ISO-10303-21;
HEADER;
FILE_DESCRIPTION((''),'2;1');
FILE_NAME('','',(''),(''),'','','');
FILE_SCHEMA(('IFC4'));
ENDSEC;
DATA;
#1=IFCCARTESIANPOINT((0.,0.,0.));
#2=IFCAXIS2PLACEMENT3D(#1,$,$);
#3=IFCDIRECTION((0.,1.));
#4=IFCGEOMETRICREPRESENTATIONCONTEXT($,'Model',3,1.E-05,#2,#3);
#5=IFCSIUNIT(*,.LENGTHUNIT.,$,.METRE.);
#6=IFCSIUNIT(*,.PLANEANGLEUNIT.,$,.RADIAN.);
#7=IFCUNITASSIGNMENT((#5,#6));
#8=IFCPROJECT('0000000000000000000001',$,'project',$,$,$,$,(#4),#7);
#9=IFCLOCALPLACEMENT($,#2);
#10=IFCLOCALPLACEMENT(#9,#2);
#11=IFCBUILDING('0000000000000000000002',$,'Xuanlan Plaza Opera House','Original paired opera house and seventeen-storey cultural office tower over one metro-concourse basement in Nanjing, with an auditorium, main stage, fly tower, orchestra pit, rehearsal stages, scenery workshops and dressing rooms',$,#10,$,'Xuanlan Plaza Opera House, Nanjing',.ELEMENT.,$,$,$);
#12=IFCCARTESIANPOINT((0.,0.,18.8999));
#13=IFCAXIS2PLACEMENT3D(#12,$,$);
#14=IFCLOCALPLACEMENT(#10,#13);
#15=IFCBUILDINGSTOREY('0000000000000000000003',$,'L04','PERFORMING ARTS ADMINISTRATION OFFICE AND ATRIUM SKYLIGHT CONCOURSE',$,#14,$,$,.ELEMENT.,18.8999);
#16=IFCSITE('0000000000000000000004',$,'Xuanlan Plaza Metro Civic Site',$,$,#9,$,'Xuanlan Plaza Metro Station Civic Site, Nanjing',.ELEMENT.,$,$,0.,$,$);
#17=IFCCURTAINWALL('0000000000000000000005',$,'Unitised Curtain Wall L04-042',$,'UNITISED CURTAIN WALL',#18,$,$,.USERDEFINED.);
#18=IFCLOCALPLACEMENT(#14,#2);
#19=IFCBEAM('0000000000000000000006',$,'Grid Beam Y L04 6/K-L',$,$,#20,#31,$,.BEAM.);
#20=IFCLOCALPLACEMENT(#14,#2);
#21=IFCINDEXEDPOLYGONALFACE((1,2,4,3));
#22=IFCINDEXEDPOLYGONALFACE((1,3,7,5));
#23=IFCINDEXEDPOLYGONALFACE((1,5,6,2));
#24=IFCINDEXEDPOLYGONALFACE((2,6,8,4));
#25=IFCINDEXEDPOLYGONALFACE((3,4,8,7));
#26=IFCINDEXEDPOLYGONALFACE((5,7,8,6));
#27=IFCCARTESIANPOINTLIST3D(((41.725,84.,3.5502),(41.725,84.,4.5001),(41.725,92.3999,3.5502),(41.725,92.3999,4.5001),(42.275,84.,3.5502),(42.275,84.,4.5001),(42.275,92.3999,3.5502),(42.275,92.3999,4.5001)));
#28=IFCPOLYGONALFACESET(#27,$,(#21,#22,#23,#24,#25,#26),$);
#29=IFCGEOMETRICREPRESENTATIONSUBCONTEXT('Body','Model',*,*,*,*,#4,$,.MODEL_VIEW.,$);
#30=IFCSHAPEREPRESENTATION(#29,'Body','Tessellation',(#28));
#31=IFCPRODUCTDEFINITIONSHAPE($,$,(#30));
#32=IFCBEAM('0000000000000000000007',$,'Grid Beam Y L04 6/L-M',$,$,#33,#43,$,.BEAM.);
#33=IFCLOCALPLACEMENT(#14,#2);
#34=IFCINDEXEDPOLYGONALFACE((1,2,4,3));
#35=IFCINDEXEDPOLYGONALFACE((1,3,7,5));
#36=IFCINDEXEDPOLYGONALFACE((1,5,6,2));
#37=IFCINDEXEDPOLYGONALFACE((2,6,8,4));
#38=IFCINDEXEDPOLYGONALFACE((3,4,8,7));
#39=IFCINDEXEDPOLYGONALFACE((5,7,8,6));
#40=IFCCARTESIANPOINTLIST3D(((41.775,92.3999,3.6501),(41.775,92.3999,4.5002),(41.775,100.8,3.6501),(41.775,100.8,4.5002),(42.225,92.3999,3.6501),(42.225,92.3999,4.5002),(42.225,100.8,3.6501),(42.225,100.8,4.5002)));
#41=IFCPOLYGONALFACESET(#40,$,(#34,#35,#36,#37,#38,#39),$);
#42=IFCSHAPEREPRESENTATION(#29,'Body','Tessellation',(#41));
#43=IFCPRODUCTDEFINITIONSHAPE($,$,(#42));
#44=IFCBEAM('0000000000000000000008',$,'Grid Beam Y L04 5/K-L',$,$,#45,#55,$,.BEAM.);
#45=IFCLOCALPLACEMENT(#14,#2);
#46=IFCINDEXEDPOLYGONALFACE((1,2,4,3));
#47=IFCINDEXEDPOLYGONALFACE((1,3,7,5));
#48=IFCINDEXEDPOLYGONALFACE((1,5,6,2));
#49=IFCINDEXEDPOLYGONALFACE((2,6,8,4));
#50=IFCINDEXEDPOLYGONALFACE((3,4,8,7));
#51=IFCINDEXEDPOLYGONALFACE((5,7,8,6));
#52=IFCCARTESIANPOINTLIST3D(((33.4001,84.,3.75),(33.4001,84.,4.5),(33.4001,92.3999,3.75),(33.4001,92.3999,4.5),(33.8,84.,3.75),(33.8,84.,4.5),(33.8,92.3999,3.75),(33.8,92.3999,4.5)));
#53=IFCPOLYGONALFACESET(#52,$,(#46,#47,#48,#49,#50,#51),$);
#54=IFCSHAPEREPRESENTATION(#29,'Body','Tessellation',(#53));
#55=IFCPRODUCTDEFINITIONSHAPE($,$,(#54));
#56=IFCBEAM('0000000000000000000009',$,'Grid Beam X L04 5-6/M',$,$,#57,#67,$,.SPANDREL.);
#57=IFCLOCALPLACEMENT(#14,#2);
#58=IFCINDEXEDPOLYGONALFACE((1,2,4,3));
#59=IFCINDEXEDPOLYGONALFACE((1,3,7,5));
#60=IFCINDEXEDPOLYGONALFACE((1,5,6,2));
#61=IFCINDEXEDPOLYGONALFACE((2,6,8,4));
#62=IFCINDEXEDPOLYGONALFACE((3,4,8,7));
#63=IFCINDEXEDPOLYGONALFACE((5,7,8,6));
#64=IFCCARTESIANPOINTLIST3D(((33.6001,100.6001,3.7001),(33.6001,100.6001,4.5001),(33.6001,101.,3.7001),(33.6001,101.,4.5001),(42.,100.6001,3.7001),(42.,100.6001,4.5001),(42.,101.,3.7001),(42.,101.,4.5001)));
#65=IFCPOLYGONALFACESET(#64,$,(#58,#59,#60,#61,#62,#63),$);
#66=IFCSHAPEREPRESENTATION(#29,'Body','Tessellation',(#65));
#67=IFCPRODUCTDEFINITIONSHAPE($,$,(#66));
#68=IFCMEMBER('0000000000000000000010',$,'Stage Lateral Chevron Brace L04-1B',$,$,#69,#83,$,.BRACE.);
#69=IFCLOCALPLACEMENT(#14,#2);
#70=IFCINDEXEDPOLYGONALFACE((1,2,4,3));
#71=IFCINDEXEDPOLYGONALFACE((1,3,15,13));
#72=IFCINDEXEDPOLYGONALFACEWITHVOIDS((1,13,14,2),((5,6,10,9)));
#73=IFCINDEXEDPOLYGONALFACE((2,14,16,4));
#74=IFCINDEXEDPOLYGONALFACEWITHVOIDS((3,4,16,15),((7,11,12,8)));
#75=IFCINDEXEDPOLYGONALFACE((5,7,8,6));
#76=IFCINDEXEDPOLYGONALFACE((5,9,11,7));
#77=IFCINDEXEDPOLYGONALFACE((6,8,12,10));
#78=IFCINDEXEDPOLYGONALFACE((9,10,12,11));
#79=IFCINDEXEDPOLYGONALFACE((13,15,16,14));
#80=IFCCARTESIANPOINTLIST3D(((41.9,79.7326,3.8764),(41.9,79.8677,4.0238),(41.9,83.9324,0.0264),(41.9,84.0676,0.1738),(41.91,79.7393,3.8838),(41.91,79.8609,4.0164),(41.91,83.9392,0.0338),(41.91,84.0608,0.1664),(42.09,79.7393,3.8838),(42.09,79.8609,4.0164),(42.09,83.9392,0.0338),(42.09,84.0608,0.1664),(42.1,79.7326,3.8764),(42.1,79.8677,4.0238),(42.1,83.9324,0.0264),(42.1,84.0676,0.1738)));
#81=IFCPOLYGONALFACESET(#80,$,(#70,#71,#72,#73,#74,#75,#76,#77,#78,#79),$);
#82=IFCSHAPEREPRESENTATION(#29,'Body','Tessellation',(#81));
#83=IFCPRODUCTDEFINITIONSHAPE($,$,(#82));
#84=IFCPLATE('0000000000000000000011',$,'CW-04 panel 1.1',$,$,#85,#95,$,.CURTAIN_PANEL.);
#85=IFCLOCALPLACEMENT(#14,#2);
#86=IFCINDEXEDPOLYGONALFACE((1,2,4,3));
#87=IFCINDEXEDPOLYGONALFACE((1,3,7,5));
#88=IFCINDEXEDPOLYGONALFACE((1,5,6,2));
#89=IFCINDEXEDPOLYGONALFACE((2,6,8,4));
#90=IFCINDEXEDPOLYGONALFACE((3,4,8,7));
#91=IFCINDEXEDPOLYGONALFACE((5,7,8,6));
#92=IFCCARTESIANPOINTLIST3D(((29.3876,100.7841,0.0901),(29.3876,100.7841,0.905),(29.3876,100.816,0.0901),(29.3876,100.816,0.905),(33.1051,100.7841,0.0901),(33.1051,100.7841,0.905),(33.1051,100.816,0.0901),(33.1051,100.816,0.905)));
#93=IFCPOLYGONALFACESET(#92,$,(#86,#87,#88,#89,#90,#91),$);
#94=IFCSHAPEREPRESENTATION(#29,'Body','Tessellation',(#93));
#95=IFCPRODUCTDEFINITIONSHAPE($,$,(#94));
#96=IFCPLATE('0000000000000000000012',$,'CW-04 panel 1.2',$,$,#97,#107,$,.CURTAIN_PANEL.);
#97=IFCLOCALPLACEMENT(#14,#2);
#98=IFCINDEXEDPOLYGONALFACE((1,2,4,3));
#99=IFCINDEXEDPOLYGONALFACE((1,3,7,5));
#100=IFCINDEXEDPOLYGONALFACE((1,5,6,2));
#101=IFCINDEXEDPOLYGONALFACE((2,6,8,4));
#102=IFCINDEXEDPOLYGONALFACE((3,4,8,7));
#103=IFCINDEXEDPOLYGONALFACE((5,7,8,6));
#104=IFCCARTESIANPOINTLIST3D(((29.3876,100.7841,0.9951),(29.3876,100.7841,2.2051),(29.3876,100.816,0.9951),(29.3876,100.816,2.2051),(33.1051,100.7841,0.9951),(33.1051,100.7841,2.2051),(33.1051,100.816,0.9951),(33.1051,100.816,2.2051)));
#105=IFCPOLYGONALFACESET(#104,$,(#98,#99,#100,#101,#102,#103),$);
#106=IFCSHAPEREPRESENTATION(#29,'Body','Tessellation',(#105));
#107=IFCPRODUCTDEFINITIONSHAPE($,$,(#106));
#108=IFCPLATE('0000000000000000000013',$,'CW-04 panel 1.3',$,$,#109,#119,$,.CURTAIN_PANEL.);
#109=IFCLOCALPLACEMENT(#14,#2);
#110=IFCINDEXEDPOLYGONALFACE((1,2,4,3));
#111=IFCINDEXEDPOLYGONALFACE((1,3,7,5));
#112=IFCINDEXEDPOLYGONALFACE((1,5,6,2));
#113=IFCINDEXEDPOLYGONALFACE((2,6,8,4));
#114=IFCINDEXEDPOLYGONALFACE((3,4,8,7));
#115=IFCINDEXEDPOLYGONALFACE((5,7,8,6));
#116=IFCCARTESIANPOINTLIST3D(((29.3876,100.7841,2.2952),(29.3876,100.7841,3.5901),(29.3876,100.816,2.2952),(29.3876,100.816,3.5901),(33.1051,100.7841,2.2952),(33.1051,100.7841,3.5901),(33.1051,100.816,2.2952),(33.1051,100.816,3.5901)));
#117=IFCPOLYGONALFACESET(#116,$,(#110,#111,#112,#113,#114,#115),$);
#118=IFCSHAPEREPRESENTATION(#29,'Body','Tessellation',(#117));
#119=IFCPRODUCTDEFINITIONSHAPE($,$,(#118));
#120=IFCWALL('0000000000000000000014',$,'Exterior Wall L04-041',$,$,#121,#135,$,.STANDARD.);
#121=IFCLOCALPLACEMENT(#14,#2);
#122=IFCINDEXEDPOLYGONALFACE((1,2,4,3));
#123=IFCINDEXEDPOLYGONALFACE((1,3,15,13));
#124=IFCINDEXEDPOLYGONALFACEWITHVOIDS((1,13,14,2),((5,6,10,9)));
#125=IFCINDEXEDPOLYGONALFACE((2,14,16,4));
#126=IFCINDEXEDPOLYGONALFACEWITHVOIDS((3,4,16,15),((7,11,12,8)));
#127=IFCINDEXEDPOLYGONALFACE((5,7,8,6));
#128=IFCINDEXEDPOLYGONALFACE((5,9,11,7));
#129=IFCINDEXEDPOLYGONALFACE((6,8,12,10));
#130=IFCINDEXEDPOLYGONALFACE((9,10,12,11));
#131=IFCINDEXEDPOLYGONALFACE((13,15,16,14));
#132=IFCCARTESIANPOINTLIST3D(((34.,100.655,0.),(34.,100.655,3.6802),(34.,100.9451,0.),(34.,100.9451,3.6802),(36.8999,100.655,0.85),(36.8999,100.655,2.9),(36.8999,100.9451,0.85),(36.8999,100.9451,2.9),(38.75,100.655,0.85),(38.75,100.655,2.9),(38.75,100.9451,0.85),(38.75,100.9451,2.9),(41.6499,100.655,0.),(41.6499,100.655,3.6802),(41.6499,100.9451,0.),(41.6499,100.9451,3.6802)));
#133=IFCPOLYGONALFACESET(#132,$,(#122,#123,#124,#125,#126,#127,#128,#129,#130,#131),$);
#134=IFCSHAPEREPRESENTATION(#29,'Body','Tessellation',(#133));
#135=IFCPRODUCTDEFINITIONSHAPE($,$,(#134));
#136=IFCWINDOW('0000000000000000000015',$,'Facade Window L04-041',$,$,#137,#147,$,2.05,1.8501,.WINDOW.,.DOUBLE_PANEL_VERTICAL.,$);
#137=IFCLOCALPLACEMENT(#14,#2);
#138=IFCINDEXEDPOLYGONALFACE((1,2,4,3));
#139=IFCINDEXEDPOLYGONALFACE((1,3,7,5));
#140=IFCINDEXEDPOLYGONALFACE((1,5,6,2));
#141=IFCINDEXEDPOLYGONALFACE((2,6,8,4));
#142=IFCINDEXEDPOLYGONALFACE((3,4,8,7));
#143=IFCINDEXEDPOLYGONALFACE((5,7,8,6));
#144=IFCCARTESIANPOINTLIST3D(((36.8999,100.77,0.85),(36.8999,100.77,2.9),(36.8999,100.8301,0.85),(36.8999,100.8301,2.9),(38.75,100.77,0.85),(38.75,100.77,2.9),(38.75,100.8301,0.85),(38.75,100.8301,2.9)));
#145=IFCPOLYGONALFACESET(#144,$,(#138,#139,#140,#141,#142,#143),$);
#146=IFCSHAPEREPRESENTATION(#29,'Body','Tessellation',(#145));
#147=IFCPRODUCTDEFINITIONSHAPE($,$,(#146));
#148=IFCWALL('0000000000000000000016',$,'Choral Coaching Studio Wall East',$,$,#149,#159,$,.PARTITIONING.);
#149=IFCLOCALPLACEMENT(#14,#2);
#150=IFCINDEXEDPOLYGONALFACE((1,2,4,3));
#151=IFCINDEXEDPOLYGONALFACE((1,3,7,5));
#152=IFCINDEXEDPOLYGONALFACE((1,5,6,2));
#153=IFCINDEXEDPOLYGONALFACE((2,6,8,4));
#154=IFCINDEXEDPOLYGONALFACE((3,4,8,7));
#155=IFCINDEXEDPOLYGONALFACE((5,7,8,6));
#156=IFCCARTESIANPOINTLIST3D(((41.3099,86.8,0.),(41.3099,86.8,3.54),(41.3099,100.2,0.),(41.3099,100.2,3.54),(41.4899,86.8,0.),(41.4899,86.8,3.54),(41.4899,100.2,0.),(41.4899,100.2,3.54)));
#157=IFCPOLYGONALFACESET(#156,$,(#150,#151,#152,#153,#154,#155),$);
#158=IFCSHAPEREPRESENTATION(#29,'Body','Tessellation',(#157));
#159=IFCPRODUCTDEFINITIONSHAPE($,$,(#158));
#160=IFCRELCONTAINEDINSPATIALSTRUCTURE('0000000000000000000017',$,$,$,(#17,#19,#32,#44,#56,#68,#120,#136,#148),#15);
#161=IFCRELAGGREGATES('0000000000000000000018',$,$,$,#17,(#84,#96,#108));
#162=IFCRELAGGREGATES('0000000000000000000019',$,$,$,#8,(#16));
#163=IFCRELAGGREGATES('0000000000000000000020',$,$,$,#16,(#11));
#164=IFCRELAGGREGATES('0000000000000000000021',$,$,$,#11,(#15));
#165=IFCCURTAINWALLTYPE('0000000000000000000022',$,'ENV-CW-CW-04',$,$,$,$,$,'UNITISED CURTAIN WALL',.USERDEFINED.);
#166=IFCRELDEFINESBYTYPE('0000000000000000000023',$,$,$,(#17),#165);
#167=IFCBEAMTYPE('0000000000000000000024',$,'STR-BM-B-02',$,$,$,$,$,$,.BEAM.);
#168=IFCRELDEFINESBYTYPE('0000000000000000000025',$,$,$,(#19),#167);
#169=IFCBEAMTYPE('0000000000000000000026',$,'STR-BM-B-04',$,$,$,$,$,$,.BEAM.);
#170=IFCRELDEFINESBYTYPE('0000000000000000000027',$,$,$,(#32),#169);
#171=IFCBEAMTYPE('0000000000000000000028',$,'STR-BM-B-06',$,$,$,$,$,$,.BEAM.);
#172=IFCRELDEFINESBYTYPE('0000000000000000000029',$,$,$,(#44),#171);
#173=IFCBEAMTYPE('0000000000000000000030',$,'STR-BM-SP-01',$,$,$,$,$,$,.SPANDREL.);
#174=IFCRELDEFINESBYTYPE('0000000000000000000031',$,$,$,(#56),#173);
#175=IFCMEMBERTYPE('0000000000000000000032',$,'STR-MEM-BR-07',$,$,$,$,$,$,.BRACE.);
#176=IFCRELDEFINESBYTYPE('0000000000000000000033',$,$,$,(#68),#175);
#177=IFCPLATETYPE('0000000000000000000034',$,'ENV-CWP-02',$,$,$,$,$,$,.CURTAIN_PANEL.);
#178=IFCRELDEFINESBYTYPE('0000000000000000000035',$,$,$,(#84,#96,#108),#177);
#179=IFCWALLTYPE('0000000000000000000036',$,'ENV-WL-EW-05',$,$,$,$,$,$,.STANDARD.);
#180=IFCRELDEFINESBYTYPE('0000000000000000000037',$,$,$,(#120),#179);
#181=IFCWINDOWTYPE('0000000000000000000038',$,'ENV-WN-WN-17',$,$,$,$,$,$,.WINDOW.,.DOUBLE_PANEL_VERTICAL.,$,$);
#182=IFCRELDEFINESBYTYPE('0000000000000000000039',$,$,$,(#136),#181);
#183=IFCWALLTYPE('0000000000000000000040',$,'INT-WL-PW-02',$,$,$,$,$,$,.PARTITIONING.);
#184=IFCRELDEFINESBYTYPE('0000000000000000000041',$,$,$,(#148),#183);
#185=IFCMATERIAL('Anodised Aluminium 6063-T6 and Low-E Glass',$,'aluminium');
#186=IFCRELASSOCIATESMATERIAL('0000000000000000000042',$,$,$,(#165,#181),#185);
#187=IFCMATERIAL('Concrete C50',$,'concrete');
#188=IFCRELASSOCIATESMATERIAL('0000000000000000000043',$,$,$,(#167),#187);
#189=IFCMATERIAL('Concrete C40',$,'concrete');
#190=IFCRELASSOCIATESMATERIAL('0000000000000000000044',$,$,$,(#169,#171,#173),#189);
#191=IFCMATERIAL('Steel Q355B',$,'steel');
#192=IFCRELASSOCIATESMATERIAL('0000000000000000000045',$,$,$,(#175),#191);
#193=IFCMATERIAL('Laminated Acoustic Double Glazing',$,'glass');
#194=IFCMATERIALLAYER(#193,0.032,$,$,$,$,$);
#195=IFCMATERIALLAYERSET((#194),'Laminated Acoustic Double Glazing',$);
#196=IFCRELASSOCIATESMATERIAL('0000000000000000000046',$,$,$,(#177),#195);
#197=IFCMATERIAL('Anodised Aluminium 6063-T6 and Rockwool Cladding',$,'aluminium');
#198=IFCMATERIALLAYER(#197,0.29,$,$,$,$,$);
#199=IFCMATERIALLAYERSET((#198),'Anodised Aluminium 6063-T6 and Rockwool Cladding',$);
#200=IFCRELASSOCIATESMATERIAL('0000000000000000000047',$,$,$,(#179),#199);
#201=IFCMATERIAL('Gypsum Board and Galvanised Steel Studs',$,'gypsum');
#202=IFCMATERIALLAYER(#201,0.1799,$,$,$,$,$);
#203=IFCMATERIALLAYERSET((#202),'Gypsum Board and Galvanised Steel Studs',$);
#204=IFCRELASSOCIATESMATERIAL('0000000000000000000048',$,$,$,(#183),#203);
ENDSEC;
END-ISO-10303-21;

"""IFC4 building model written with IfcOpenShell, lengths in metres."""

from ifc_helpers import new_model, si_unit, direction, frame, frame_2d, origin, origin_2d, place, context, subcontext, project, spatial, rectangle, hollow_rectangle, extrude, material, layer, layer_set, material_profile, profile_set, type_object, element, fill, aggregate, save


model = new_model("IFC4")

# Units and contexts
model_context = context("Model", 3, precision=1e-05, world=origin(), true_north=direction((0.0, 1.0)))
body_context = subcontext(model_context, "Body", "Model", "MODEL_VIEW")
ifc_project = project(units=[si_unit("LENGTHUNIT", "METRE"), si_unit("PLANEANGLEUNIT", "RADIAN")], contexts=[model_context])

# Site, building, storey
site_placement = place(None, origin())
site = spatial("IfcSite", under=ifc_project, at=site_placement, Name="Xuanlan Plaza Metro Civic Site", LongName="Xuanlan Plaza Metro Station Civic Site, Nanjing", CompositionType="ELEMENT", RefElevation=0.0)
building_placement = place(site_placement, origin())
building = spatial("IfcBuilding", under=site, at=building_placement, Name="Xuanlan Plaza Opera House", Description="Original paired opera house and seventeen-storey cultural office tower over one metro-concourse basement in Nanjing, with an auditorium, main stage, fly tower, orchestra pit, rehearsal stages, scenery workshops and dressing rooms", LongName="Xuanlan Plaza Opera House, Nanjing", CompositionType="ELEMENT")
storey_placement = place(building_placement, frame((0.0, 0.0, 18.8999)))
storey = spatial("IfcBuildingStorey", under=building, at=storey_placement, Name="L04", Description="PERFORMING ARTS ADMINISTRATION OFFICE AND ATRIUM SKYLIGHT CONCOURSE", CompositionType="ELEMENT", Elevation=18.8999)

# Shared definitions
ifc_material_1 = material(Name="Concrete C40", Category="concrete")

# Curtain wall
ifc_material_2 = material(Name="Anodised Aluminium 6063-T6 and Low-E Glass", Category="aluminium")
curtain_wall_type = type_object("IfcCurtainWallType", Name="ENV-CW-CW-04", ElementType="UNITISED CURTAIN WALL", PredefinedType="USERDEFINED", material=ifc_material_2)
curtain_wall_placement = place(storey_placement, origin())
curtain_wall = element("IfcCurtainWall", 1, at=curtain_wall_placement, inside=storey, type_object=curtain_wall_type, Name="Unitised Curtain Wall L04-042", ObjectType="UNITISED CURTAIN WALL", PredefinedType="USERDEFINED")

# Beams
ifc_material_3 = material(Name="Concrete C50", Category="concrete")
ifc_material_profile_1 = material_profile(ifc_material_3, rectangle(XDim=0.55, YDim=0.95, at=origin_2d()), Name="RC-BM 550x950")
ifc_profile_set_1 = profile_set([ifc_material_profile_1], Name="Concrete C50")
beam_type_1 = type_object("IfcBeamType", Name="STR-BM-B-02", PredefinedType="BEAM", material=ifc_profile_set_1)
beam_1_placement = place(storey_placement, frame((42.0, 84.0, 4.0251), z_axis=(0.0, 1.0, 0.0), x_axis=(-1.0, 0.0, 0.0)))
element("IfcBeam", 2, at=beam_1_placement, inside=storey, type_object=beam_type_1, Name="Grid Beam Y L04 6/K-L", PredefinedType="BEAM", context=body_context, shape_type="SweptSolid", body=[
    extrude(rectangle(XDim=0.55, YDim=0.95, at=origin_2d()), origin(), (0.0, 0.0, 1.0), 8.3999),
])
ifc_material_profile_2 = material_profile(ifc_material_1, rectangle(XDim=0.45, YDim=0.8501, at=origin_2d()), Name="RC-BM 450x850")
ifc_profile_set_2 = profile_set([ifc_material_profile_2], Name="Concrete C40")
beam_type_2 = type_object("IfcBeamType", Name="STR-BM-B-04", PredefinedType="BEAM", material=ifc_profile_set_2)
beam_2_placement = place(storey_placement, frame((42.0, 92.3999, 4.0752), z_axis=(0.0, 1.0, 0.0), x_axis=(-1.0, 0.0, 0.0)))
element("IfcBeam", 3, at=beam_2_placement, inside=storey, type_object=beam_type_2, Name="Grid Beam Y L04 6/L-M", PredefinedType="BEAM", context=body_context, shape_type="SweptSolid", body=[
    extrude(rectangle(XDim=0.45, YDim=0.8501, at=origin_2d()), origin(), (0.0, 0.0, 1.0), 8.4001),
])
ifc_material_profile_3 = material_profile(ifc_material_1, rectangle(XDim=0.3999, YDim=0.75, at=origin_2d()), Name="RC-BM 400x750")
ifc_profile_set_3 = profile_set([ifc_material_profile_3], Name="Concrete C40")
beam_type_3 = type_object("IfcBeamType", Name="STR-BM-B-06", PredefinedType="BEAM", material=ifc_profile_set_3)
beam_3_placement = place(storey_placement, frame((33.6001, 84.0, 4.125), z_axis=(0.0, 1.0, 0.0), x_axis=(-1.0, 0.0, 0.0)))
element("IfcBeam", 4, at=beam_3_placement, inside=storey, type_object=beam_type_3, Name="Grid Beam Y L04 5/K-L", PredefinedType="BEAM", context=body_context, shape_type="SweptSolid", body=[
    extrude(rectangle(XDim=0.3999, YDim=0.75, at=origin_2d()), origin(), (0.0, 0.0, 1.0), 8.3999),
])
ifc_material_profile_4 = material_profile(ifc_material_1, rectangle(XDim=0.3999, YDim=0.8, at=origin_2d()), Name="RC-SPD 400x800")
ifc_profile_set_4 = profile_set([ifc_material_profile_4], Name="Concrete C40")
beam_type_4 = type_object("IfcBeamType", Name="STR-BM-SP-01", PredefinedType="SPANDREL", material=ifc_profile_set_4)
beam_4_placement = place(storey_placement, frame((33.6001, 100.8, 4.1001), z_axis=(1.0, 0.0, 0.0), x_axis=(0.0, 1.0, 0.0)))
element("IfcBeam", 5, at=beam_4_placement, inside=storey, type_object=beam_type_4, Name="Grid Beam X L04 5-6/M", PredefinedType="SPANDREL", context=body_context, shape_type="SweptSolid", body=[
    extrude(rectangle(XDim=0.3999, YDim=0.8, at=origin_2d()), origin(), (0.0, 0.0, 1.0), 8.3999),
])

# Member
ifc_material_4 = material(Name="Steel Q355B", Category="steel")
ifc_material_profile_5 = material_profile(ifc_material_4, hollow_rectangle(XDim=0.2, YDim=0.2, WallThickness=0.01, at=origin_2d()), Name="SHS 200x200x10")
ifc_profile_set_5 = profile_set([ifc_material_profile_5], Name="Steel Q355B")
member_type_1 = type_object("IfcMemberType", Name="STR-MEM-BR-07", PredefinedType="BRACE", material=ifc_profile_set_5)
member_1_placement = place(storey_placement, frame((42.0, 84.0, 0.1001), z_axis=(0.0, -0.737142, 0.675738), x_axis=(1.0, 0.0, 0.0)))
element("IfcMember", 6, at=member_1_placement, inside=storey, type_object=member_type_1, Name="Stage Lateral Chevron Brace L04-1B", PredefinedType="BRACE", context=body_context, shape_type="SweptSolid", body=[
    extrude(hollow_rectangle(XDim=0.2, YDim=0.2, WallThickness=0.01, at=origin_2d()), origin(), (0.0, 0.0, 1.0), 5.6975),
])

# Plates
ifc_material_5 = material(Name="Laminated Acoustic Double Glazing", Category="glass")
ifc_layer_1 = layer(ifc_material_5, 0.032)
ifc_layer_set_1 = layer_set([ifc_layer_1], Name="Laminated Acoustic Double Glazing")
plate_type = type_object("IfcPlateType", Name="ENV-CWP-02", PredefinedType="CURTAIN_PANEL", material=ifc_layer_set_1)
plate_1_placement = place(storey_placement, frame((31.2463, 100.8, 0.0901), z_axis=(0.0, 0.0, 1.0), x_axis=(-1.0, 0.0, 0.0)))
plate_1 = element("IfcPlate", 7, at=plate_1_placement, type_object=plate_type, Name="CW-04 panel 1.1", PredefinedType="CURTAIN_PANEL", context=body_context, shape_type="SweptSolid", body=[
    extrude(rectangle(XDim=3.7175, YDim=0.032, at=origin_2d()), origin(), (0.0, 0.0, 1.0), 0.8149),
])
plate_2_placement = place(storey_placement, frame((31.2463, 100.8, 0.9951), z_axis=(0.0, 0.0, 1.0), x_axis=(-1.0, 0.0, 0.0)))
plate_2 = element("IfcPlate", 8, at=plate_2_placement, type_object=plate_type, Name="CW-04 panel 1.2", PredefinedType="CURTAIN_PANEL", context=body_context, shape_type="SweptSolid", body=[
    extrude(rectangle(XDim=3.7175, YDim=0.032, at=origin_2d()), origin(), (0.0, 0.0, 1.0), 1.21),
])
plate_3_placement = place(storey_placement, frame((31.2463, 100.8, 2.2952), z_axis=(0.0, 0.0, 1.0), x_axis=(-1.0, 0.0, 0.0)))
plate_3 = element("IfcPlate", 9, at=plate_3_placement, type_object=plate_type, Name="CW-04 panel 1.3", PredefinedType="CURTAIN_PANEL", context=body_context, shape_type="SweptSolid", body=[
    extrude(rectangle(XDim=3.7175, YDim=0.032, at=origin_2d()), origin(), (0.0, 0.0, 1.0), 1.2949),
])
aggregate(curtain_wall, [plate_1, plate_2, plate_3])

# Wall, opening, window
ifc_material_6 = material(Name="Anodised Aluminium 6063-T6 and Rockwool Cladding", Category="aluminium")
ifc_layer_2 = layer(ifc_material_6, 0.29)
ifc_layer_set_2 = layer_set([ifc_layer_2], Name="Anodised Aluminium 6063-T6 and Rockwool Cladding")
wall_type_1 = type_object("IfcWallType", Name="ENV-WL-EW-05", PredefinedType="STANDARD", material=ifc_layer_set_2)
wall_1_placement = place(storey_placement, frame((41.6499, 100.8, 0.0), z_axis=(0.0, 0.0, 1.0), x_axis=(-1.0, 0.0, 0.0)))
wall_1 = element("IfcWall", 10, at=wall_1_placement, inside=storey, type_object=wall_type_1, Name="Exterior Wall L04-041", PredefinedType="STANDARD", context=body_context, shape_type="SweptSolid", body=[
    extrude(rectangle(XDim=7.6499, YDim=0.29, at=frame_2d((3.825, 0.0))), origin(), (0.0, 0.0, 1.0), 3.6802),
])
opening_placement = place(wall_1_placement, frame((2.8999, 0.0, 0.8501)))
opening = element("IfcOpeningElement", 11, at=opening_placement, cuts=wall_1, PredefinedType="OPENING", context=body_context, shape_type="SweptSolid", body=[
    extrude(rectangle(XDim=1.8501, YDim=2.05, at=frame_2d((0.925, 1.0249))), frame((0.0, 0.155, 0.0), z_axis=(0.0, -1.0, 0.0), x_axis=(1.0, 0.0, 0.0)), (0.0, 0.0, 1.0), 0.3101),
])
window_type = type_object("IfcWindowType", Name="ENV-WN-WN-17", PartitioningType="DOUBLE_PANEL_VERTICAL", PredefinedType="WINDOW", material=ifc_material_2)
window_placement = place(opening_placement, origin())
window = element("IfcWindow", 12, at=window_placement, inside=storey, type_object=window_type, Name="Facade Window L04-041", OverallHeight=2.05, OverallWidth=1.8501, PartitioningType="DOUBLE_PANEL_VERTICAL", PredefinedType="WINDOW", context=body_context, shape_type="SweptSolid", body=[
    extrude(rectangle(XDim=1.8501, YDim=2.05, at=frame_2d((0.925, 1.0249))), frame((0.0, 0.03, 0.0), z_axis=(0.0, -1.0, 0.0), x_axis=(1.0, 0.0, 0.0)), (0.0, 0.0, 1.0), 0.0601),
])
fill(opening, window)

# Wall
ifc_material_7 = material(Name="Gypsum Board and Galvanised Steel Studs", Category="gypsum")
ifc_layer_3 = layer(ifc_material_7, 0.1799)
ifc_layer_set_3 = layer_set([ifc_layer_3], Name="Gypsum Board and Galvanised Steel Studs")
wall_type_2 = type_object("IfcWallType", Name="INT-WL-PW-02", PredefinedType="PARTITIONING", material=ifc_layer_set_3)
wall_2_placement = place(storey_placement, frame((41.3999, 86.8, 0.0), z_axis=(0.0, 0.0, 1.0), x_axis=(0.0, 1.0, 0.0)))
element("IfcWall", 13, at=wall_2_placement, inside=storey, type_object=wall_type_2, Name="Choral Coaching Studio Wall East", PredefinedType="PARTITIONING", context=body_context, shape_type="SweptSolid", body=[
    extrude(rectangle(XDim=13.3999, YDim=0.1799, at=frame_2d((6.7, 0.0))), origin(), (0.0, 0.0, 1.0), 3.54),
])

save(model, "model.ifc")
